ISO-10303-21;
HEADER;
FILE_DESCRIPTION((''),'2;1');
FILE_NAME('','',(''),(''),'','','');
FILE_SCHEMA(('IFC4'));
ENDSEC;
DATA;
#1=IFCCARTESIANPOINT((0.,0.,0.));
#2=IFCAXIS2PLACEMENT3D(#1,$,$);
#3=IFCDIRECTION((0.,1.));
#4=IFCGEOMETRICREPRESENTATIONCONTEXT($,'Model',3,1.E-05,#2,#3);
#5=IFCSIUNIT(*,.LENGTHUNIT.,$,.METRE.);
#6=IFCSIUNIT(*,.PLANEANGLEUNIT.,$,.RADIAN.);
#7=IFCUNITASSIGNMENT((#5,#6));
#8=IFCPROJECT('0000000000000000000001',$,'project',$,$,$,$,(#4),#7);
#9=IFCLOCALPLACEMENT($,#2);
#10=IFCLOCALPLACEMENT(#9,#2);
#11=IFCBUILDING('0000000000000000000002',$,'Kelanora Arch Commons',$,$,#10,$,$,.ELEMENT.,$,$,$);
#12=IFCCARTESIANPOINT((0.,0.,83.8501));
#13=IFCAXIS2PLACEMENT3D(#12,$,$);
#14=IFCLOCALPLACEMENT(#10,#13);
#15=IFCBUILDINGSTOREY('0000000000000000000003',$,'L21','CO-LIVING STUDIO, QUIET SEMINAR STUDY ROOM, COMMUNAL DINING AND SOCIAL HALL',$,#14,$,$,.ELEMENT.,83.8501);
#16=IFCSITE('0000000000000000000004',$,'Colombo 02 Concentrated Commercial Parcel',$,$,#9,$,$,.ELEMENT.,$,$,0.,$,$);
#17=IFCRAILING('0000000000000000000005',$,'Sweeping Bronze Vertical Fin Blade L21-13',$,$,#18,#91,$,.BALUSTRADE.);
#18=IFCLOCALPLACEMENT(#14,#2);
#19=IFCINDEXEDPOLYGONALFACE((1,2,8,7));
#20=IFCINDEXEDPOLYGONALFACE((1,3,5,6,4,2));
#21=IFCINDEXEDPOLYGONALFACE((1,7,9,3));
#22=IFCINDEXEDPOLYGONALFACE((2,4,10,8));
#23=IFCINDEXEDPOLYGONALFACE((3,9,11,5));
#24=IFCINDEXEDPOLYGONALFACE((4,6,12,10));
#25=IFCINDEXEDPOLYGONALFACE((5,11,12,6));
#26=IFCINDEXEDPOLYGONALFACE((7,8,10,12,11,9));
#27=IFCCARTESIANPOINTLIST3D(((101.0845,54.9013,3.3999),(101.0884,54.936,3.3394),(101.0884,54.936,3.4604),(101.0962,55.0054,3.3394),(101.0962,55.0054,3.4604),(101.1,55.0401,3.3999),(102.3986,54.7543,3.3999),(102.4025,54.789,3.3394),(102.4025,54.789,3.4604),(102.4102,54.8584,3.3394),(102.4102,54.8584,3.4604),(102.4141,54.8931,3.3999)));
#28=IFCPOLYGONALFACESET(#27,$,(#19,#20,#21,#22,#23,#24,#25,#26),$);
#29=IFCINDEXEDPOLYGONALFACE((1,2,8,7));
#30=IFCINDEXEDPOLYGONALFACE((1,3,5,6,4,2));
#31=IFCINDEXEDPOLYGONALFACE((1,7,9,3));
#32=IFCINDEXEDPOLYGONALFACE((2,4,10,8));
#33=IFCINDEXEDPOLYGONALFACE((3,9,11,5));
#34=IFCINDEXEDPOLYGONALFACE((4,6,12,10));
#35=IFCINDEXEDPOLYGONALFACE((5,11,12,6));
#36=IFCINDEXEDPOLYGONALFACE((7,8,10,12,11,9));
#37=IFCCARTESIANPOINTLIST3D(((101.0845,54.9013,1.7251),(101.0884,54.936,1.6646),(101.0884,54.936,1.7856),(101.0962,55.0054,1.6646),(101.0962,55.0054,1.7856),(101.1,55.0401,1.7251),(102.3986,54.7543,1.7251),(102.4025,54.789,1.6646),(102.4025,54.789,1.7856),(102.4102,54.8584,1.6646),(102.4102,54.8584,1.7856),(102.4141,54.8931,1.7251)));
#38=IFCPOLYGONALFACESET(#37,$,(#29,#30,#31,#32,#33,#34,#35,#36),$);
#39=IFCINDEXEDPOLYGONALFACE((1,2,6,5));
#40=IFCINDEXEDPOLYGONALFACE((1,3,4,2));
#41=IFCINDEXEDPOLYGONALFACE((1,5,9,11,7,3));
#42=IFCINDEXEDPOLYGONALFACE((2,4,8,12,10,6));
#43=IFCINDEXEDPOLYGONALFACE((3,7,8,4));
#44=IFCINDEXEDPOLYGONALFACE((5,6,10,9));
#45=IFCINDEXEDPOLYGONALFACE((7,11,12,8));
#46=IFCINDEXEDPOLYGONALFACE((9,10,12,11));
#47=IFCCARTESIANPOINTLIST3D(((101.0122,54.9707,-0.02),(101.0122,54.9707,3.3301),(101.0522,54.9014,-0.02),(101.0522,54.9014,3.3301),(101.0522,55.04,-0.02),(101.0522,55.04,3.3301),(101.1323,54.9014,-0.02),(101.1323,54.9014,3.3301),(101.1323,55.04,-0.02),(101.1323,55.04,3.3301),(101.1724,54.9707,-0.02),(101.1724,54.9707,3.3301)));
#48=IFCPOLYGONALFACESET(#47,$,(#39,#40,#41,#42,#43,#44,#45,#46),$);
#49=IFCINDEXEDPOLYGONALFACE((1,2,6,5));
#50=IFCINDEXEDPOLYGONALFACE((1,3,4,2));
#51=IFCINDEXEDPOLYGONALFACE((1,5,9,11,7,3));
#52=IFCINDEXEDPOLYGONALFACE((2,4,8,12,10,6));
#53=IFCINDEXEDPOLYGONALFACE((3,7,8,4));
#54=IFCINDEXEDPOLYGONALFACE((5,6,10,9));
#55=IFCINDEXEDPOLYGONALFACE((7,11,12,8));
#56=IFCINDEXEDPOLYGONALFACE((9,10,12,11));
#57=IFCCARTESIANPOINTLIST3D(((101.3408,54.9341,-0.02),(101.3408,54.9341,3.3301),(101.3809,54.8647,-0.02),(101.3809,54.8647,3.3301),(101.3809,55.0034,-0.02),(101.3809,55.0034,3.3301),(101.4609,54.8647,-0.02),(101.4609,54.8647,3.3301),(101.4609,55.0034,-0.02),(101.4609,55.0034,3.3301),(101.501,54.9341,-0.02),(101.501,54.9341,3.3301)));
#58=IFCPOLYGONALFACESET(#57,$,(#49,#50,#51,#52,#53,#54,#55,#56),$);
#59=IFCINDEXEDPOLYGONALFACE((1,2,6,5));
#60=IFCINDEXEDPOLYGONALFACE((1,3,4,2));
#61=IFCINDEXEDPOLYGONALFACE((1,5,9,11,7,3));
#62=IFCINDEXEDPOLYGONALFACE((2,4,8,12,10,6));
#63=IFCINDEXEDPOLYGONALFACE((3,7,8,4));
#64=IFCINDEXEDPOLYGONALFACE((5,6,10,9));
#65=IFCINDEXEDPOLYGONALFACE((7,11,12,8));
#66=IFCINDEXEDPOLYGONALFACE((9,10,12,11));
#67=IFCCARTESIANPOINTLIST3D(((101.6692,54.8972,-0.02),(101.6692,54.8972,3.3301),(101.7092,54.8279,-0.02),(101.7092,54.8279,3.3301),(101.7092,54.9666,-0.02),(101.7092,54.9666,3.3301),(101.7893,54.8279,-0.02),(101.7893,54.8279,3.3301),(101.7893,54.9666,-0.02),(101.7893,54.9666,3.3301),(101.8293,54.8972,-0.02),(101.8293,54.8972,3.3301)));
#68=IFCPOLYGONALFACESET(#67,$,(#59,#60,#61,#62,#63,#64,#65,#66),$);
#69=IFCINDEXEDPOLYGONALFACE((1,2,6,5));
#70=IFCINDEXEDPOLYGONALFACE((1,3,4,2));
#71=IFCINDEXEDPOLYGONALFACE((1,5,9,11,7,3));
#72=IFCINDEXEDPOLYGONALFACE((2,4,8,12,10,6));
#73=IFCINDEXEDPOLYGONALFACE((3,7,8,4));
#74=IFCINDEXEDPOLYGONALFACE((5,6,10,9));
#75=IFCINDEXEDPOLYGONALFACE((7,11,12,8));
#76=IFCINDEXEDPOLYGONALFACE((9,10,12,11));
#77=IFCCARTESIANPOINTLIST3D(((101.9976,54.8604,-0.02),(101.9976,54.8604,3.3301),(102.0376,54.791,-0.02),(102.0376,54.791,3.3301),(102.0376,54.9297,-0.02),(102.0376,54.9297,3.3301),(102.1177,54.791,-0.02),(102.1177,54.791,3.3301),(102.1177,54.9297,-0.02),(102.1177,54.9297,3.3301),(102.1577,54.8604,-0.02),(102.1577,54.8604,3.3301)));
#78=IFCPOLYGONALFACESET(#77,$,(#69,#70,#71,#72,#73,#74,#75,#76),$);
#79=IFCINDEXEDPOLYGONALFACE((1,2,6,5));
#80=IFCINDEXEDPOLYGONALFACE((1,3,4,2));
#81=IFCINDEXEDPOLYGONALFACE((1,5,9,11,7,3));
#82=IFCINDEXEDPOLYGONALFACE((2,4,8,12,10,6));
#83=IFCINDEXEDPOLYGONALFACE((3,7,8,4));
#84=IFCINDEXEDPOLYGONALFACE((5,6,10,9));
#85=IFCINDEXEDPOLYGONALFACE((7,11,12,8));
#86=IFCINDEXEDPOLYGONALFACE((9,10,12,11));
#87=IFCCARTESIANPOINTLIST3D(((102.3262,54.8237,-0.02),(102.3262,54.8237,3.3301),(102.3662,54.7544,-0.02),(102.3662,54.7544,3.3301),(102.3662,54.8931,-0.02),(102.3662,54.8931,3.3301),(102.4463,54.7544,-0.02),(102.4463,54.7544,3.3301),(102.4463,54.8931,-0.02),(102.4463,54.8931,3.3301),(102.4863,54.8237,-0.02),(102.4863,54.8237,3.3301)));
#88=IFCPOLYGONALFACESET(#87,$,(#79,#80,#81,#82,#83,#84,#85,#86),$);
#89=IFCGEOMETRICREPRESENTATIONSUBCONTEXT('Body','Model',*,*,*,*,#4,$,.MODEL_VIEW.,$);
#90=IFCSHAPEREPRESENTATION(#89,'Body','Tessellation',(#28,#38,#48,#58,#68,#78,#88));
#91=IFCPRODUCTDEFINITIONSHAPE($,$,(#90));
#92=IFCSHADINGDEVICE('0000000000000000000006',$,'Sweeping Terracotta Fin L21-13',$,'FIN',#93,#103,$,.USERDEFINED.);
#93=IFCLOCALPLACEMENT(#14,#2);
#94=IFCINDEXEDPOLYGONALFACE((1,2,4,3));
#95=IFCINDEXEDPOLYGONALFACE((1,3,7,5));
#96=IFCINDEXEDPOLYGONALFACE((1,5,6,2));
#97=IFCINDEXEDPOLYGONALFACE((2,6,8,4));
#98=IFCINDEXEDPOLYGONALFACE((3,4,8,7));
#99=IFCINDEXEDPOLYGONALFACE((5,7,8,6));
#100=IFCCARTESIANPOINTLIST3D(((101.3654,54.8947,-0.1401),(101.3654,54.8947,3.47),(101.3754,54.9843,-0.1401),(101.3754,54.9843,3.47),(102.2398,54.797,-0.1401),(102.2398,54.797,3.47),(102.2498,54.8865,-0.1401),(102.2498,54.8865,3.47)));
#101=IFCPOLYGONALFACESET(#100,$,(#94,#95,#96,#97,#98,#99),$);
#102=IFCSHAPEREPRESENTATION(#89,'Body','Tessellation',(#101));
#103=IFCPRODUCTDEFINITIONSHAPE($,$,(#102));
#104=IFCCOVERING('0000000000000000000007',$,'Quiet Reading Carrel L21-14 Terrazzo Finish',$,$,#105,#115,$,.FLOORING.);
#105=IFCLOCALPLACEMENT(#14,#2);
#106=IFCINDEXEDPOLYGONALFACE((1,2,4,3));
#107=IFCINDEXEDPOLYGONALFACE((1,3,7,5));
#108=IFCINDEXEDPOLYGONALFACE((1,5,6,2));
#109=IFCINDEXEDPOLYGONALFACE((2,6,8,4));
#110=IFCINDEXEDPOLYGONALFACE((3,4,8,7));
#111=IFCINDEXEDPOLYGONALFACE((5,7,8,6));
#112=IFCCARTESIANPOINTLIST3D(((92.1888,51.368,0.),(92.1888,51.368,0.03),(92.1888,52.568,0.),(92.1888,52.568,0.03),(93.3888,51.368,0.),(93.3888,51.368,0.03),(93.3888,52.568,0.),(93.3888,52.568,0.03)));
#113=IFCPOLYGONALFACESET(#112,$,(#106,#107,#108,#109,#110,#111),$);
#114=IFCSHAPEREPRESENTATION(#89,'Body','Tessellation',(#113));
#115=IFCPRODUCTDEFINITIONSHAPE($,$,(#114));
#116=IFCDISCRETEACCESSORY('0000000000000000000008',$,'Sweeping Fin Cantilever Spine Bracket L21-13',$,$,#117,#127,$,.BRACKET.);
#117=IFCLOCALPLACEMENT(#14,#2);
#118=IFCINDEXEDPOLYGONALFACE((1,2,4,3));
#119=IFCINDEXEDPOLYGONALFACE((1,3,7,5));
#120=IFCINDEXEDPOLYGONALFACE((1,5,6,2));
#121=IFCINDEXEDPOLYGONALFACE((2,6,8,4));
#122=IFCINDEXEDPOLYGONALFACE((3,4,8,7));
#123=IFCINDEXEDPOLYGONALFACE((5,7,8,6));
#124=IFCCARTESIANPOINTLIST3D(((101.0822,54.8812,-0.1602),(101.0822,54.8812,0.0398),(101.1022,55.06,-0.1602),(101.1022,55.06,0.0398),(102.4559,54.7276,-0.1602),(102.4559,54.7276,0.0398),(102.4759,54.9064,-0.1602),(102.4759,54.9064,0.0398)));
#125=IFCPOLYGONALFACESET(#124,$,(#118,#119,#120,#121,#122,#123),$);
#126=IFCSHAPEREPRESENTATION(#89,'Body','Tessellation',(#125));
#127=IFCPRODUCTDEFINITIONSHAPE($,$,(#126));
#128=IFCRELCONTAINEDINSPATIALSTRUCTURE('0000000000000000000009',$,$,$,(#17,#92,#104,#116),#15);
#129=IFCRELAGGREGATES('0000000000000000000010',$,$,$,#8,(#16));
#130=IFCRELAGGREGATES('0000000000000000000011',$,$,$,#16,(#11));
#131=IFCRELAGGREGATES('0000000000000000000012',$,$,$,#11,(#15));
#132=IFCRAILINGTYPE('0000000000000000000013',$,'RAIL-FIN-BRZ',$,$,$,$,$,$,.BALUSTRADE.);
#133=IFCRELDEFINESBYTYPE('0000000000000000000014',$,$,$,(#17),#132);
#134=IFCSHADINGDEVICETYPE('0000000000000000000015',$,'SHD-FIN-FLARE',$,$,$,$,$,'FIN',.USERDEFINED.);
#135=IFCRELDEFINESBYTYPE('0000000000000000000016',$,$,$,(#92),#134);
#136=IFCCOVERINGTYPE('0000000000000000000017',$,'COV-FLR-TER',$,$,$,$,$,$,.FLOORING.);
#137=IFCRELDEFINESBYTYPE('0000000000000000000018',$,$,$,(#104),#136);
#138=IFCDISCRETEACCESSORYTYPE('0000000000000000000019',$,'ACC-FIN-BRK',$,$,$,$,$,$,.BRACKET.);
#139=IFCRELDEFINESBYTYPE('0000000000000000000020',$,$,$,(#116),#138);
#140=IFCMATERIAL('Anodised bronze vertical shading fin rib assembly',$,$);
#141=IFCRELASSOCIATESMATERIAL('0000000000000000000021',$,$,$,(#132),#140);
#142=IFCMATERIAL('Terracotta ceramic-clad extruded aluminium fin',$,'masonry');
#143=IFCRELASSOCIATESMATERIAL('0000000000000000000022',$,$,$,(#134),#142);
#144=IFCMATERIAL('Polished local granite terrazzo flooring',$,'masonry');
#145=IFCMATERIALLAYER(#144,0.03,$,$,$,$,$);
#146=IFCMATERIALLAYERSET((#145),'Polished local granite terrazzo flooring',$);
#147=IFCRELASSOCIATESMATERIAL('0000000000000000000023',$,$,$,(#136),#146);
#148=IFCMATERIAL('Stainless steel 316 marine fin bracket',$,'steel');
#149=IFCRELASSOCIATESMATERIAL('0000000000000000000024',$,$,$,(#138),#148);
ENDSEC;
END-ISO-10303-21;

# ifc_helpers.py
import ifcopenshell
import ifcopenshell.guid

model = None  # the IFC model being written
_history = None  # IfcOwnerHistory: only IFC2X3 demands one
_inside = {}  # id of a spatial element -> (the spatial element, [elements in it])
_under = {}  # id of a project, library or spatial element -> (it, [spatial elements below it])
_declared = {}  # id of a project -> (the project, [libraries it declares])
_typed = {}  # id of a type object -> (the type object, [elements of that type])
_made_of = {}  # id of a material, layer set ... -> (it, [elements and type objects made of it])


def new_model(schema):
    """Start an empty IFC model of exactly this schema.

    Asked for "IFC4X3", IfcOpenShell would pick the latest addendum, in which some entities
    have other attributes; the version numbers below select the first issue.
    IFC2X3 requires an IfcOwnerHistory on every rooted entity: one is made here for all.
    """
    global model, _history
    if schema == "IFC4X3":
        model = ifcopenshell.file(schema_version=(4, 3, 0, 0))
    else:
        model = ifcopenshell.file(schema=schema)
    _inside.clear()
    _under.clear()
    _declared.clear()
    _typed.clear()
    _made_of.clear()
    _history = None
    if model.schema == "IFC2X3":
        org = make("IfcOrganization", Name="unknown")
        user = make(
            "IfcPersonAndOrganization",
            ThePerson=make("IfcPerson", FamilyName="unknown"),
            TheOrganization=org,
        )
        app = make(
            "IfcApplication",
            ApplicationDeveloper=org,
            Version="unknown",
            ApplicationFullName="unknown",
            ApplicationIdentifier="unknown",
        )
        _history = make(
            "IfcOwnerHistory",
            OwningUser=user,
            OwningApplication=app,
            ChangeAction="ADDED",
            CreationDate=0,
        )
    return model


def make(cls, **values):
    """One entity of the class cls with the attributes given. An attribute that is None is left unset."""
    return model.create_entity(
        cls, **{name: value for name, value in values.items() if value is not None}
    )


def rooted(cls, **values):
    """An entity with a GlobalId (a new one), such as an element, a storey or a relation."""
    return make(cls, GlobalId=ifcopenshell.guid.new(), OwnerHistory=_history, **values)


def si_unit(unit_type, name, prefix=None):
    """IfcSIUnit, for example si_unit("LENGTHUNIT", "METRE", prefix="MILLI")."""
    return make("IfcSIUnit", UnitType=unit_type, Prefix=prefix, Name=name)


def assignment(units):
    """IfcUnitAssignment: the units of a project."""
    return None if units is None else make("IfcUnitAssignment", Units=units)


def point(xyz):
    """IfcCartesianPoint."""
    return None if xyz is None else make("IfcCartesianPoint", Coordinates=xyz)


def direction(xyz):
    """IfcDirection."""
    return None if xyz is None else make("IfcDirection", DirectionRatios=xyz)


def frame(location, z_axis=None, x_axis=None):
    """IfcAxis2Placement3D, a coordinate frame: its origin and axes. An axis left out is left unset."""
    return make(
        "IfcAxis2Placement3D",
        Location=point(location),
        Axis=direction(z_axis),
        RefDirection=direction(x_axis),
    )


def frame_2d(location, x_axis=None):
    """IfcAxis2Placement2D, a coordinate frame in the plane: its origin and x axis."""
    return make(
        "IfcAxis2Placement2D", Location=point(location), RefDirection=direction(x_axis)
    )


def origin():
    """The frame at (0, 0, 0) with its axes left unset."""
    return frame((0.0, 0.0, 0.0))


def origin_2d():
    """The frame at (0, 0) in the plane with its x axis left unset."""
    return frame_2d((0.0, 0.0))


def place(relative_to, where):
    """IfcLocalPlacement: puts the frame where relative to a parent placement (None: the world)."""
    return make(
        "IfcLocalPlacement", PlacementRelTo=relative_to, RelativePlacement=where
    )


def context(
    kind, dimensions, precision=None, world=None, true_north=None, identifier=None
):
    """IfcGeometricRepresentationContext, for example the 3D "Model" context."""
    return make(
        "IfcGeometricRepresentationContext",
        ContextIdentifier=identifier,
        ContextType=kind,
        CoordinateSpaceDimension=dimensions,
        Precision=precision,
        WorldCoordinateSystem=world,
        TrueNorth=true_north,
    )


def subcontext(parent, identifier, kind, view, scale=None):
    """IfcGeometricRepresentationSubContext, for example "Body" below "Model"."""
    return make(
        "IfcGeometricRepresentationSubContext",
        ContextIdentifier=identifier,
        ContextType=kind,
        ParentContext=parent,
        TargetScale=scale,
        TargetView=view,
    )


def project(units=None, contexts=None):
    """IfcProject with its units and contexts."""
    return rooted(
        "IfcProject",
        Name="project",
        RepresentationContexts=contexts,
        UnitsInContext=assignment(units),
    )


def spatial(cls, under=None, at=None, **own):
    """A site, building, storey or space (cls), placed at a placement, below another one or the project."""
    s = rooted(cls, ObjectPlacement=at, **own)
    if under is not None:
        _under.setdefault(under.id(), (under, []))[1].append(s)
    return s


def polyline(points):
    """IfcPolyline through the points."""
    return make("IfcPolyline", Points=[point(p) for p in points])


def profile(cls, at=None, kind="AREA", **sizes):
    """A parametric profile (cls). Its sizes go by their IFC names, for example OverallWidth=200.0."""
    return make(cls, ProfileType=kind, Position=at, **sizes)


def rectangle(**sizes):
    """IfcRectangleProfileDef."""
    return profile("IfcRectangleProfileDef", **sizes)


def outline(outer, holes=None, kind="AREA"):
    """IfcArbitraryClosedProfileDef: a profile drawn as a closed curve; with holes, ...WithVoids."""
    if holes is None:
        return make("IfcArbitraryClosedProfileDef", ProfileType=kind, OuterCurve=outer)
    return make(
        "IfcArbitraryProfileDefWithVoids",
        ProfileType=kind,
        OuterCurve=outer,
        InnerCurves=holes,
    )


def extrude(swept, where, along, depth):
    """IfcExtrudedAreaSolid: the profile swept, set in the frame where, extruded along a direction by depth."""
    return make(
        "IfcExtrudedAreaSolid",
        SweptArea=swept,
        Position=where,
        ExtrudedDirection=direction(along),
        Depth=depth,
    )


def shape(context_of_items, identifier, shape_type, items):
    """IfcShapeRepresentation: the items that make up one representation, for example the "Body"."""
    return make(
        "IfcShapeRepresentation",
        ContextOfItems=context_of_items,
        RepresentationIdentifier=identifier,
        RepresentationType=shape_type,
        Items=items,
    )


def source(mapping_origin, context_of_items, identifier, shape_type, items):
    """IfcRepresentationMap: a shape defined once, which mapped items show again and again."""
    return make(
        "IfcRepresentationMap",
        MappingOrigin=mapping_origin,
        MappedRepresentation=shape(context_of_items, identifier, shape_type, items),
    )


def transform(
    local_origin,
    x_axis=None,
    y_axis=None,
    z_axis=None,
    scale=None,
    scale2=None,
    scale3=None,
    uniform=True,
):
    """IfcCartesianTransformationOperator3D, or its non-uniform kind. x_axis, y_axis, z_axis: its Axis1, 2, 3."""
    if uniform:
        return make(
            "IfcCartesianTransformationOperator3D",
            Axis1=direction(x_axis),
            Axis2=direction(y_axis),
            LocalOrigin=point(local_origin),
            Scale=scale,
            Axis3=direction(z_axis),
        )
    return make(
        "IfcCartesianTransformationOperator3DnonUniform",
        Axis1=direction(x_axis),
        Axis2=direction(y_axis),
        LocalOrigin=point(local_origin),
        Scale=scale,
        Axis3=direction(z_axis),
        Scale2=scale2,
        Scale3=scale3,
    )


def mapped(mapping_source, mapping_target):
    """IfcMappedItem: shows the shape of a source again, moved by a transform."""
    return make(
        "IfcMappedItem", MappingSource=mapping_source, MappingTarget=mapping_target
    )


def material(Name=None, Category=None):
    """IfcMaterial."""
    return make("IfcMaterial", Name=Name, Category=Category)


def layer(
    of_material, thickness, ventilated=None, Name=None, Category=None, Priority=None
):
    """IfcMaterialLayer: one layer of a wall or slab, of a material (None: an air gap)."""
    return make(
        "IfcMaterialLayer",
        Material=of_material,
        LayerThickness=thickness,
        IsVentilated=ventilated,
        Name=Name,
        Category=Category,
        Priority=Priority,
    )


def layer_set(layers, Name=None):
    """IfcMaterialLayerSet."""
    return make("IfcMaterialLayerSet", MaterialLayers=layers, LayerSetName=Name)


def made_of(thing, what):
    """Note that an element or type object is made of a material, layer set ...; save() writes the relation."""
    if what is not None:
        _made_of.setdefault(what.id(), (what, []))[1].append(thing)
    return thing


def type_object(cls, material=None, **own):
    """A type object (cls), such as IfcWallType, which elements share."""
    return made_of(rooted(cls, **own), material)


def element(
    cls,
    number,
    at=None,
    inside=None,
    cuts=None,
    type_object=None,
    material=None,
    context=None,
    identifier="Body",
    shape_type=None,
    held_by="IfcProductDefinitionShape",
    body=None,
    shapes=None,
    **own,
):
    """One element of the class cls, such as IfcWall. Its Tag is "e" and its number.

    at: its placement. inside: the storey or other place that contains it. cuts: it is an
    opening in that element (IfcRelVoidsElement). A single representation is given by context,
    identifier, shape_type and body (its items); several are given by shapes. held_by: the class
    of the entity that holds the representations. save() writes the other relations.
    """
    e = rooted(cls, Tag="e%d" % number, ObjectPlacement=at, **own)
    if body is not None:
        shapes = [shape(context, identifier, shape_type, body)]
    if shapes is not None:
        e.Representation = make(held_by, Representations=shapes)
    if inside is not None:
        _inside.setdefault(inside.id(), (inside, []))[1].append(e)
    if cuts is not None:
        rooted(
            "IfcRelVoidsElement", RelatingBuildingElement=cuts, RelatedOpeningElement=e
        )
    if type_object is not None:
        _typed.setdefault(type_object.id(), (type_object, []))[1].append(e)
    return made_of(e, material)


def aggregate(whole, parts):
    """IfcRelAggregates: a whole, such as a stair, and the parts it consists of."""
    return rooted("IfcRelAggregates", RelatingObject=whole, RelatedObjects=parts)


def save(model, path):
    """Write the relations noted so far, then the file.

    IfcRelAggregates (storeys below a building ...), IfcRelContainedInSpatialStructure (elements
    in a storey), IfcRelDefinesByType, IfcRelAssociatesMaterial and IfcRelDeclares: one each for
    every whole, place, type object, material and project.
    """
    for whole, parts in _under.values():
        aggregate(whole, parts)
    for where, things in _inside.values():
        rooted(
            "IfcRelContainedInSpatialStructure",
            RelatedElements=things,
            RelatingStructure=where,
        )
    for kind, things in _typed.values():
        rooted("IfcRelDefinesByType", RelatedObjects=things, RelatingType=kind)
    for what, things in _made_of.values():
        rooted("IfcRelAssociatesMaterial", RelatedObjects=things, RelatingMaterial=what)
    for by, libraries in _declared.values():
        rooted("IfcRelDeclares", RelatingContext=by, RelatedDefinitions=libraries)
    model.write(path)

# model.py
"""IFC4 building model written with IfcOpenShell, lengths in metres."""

from ifc_helpers import new_model, si_unit, direction, frame, origin, origin_2d, place, context, subcontext, project, spatial, polyline, rectangle, outline, extrude, source, transform, mapped, material, layer, layer_set, type_object, element, save


model = new_model("IFC4")

# Units and contexts
model_context = context("Model", 3, precision=1e-05, world=origin(), true_north=direction((0.0, 1.0)))
body_context = subcontext(model_context, "Body", "Model", "MODEL_VIEW")
ifc_project = project(units=[si_unit("LENGTHUNIT", "METRE"), si_unit("PLANEANGLEUNIT", "RADIAN")], contexts=[model_context])

# Site, building, storey
site_placement = place(None, origin())
site = spatial("IfcSite", under=ifc_project, at=site_placement, Name="Colombo 02 Concentrated Commercial Parcel", CompositionType="ELEMENT", RefElevation=0.0)
building_placement = place(site_placement, origin())
building = spatial("IfcBuilding", under=site, at=building_placement, Name="Kelanora Arch Commons", CompositionType="ELEMENT")
storey_placement = place(building_placement, frame((0.0, 0.0, 83.8501)))
storey = spatial("IfcBuildingStorey", under=building, at=storey_placement, Name="L21", Description="CO-LIVING STUDIO, QUIET SEMINAR STUDY ROOM, COMMUNAL DINING AND SOCIAL HALL", CompositionType="ELEMENT", Elevation=83.8501)

# Railing
ifc_material_1 = material(Name="Anodised bronze vertical shading fin rib assembly")
railing_type_1 = type_object("IfcRailingType", Name="RAIL-FIN-BRZ", PredefinedType="BALUSTRADE", material=ifc_material_1)
railing_1_placement = place(storey_placement, frame((101.0923, 54.9707, -0.02)))
element("IfcRailing", 1, at=railing_1_placement, inside=storey, type_object=railing_type_1, Name="Sweeping Bronze Vertical Fin Blade L21-13", PredefinedType="BALUSTRADE", context=body_context, shape_type="SweptSolid", body=[
    extrude(outline(polyline([(0.0698, 0.0), (0.0349, 0.0605), (-0.0349, 0.0605), (-0.0698, 0.0), (-0.0349, -0.0605), (0.0349, -0.0605), (0.0698, 0.0)])), frame((0.0, 0.0, 3.4199), z_axis=(0.993802, -0.111161, 0.0), x_axis=(0.111161, 0.993802, 0.0)), (0.0, 0.0, 1.0), 1.3223),
    extrude(outline(polyline([(0.0698, 0.0), (0.0349, 0.0605), (-0.0349, 0.0605), (-0.0698, 0.0), (-0.0349, -0.0605), (0.0349, -0.0605), (0.0698, 0.0)])), frame((0.0, 0.0, 1.7451), z_axis=(0.993802, -0.111161, 0.0), x_axis=(0.111161, 0.993802, 0.0)), (0.0, 0.0, 1.0), 1.3223),
    extrude(outline(polyline([(0.0801, 0.0), (0.04, 0.0693), (-0.04, 0.0693), (-0.0801, 0.0), (-0.04, -0.0693), (0.04, -0.0693), (0.0801, 0.0)])), origin(), (0.0, 0.0, 1.0), 3.3501),
    extrude(outline(polyline([(0.0801, 0.0), (0.04, 0.0693), (-0.04, 0.0693), (-0.0801, 0.0), (-0.04, -0.0693), (0.04, -0.0693), (0.0801, 0.0)])), frame((0.3286, -0.0366, 0.0)), (0.0, 0.0, 1.0), 3.3501),
    extrude(outline(polyline([(0.0801, 0.0), (0.04, 0.0693), (-0.04, 0.0693), (-0.0801, 0.0), (-0.04, -0.0693), (0.04, -0.0693), (0.0801, 0.0)])), frame((0.657, -0.0735, 0.0)), (0.0, 0.0, 1.0), 3.3501),
    extrude(outline(polyline([(0.0801, 0.0), (0.04, 0.0693), (-0.04, 0.0693), (-0.0801, 0.0), (-0.04, -0.0693), (0.04, -0.0693), (0.0801, 0.0)])), frame((0.9854, -0.1104, 0.0)), (0.0, 0.0, 1.0), 3.3501),
    extrude(outline(polyline([(0.0801, 0.0), (0.04, 0.0693), (-0.04, 0.0693), (-0.0801, 0.0), (-0.04, -0.0693), (0.04, -0.0693), (0.0801, 0.0)])), frame((1.314, -0.147, 0.0)), (0.0, 0.0, 1.0), 3.3501),
])

# Shading device
ifc_material_2 = material(Name="Terracotta ceramic-clad extruded aluminium fin", Category="masonry")
shading_device_type = type_object("IfcShadingDeviceType", Name="SHD-FIN-FLARE", ElementType="FIN", PredefinedType="USERDEFINED", material=ifc_material_2)
shared_shape_1 = source(origin(), body_context, "Body", "SweptSolid", [
    extrude(rectangle(XDim=0.8799, YDim=0.0901, at=origin_2d()), origin(), (0.0, 0.0, 1.0), 3.6101),
])
shading_device_placement = place(storey_placement, frame((101.8076, 54.8906, -0.1401), z_axis=(0.0, 0.0, 1.0), x_axis=(0.993807, -0.111122, 0.0)))
element("IfcShadingDevice", 2, at=shading_device_placement, inside=storey, type_object=shading_device_type, Name="Sweeping Terracotta Fin L21-13", ObjectType="FIN", PredefinedType="USERDEFINED", context=body_context, shape_type="MappedRepresentation", body=[
    mapped(shared_shape_1, transform((0.0, 0.0, 0.0), scale=1.0)),
])

# Covering
ifc_material_3 = material(Name="Polished local granite terrazzo flooring", Category="masonry")
ifc_layer_1 = layer(ifc_material_3, 0.03)
ifc_layer_set_1 = layer_set([ifc_layer_1], Name="Polished local granite terrazzo flooring")
covering_type = type_object("IfcCoveringType", Name="COV-FLR-TER", PredefinedType="FLOORING", material=ifc_layer_set_1)
shared_shape_2 = source(origin(), body_context, "Body", "SweptSolid", [
    extrude(rectangle(XDim=1.2, YDim=1.2, at=origin_2d()), origin(), (0.0, 0.0, 1.0), 0.03),
])
covering_placement = place(storey_placement, frame((92.7888, 51.968, 0.0), z_axis=(0.0, 0.0, 1.0), x_axis=(1.0, 0.0, 0.0)))
element("IfcCovering", 3, at=covering_placement, inside=storey, type_object=covering_type, Name="Quiet Reading Carrel L21-14 Terrazzo Finish", PredefinedType="FLOORING", context=body_context, shape_type="MappedRepresentation", body=[
    mapped(shared_shape_2, transform((0.0, 0.0, 0.0), scale=1.0)),
])

# Discrete accessory
ifc_material_4 = material(Name="Stainless steel 316 marine fin bracket", Category="steel")
discrete_accessory_type = type_object("IfcDiscreteAccessoryType", Name="ACC-FIN-BRK", PredefinedType="BRACKET", material=ifc_material_4)
shared_shape_3 = source(origin(), body_context, "Body", "SweptSolid", [
    extrude(rectangle(XDim=1.3823, YDim=0.1799, at=origin_2d()), origin(), (0.0, 0.0, 1.0), 0.2),
])
discrete_accessory_placement = place(storey_placement, frame((101.7791, 54.8938, -0.1602), z_axis=(0.0, 0.0, 1.0), x_axis=(0.993807, -0.111122, 0.0)))
element("IfcDiscreteAccessory", 4, at=discrete_accessory_placement, inside=storey, type_object=discrete_accessory_type, Name="Sweeping Fin Cantilever Spine Bracket L21-13", PredefinedType="BRACKET", context=body_context, shape_type="MappedRepresentation", body=[
    mapped(shared_shape_3, transform((0.0, 0.0, 0.0), scale=1.0)),
])

save(model, "model.ifc")
